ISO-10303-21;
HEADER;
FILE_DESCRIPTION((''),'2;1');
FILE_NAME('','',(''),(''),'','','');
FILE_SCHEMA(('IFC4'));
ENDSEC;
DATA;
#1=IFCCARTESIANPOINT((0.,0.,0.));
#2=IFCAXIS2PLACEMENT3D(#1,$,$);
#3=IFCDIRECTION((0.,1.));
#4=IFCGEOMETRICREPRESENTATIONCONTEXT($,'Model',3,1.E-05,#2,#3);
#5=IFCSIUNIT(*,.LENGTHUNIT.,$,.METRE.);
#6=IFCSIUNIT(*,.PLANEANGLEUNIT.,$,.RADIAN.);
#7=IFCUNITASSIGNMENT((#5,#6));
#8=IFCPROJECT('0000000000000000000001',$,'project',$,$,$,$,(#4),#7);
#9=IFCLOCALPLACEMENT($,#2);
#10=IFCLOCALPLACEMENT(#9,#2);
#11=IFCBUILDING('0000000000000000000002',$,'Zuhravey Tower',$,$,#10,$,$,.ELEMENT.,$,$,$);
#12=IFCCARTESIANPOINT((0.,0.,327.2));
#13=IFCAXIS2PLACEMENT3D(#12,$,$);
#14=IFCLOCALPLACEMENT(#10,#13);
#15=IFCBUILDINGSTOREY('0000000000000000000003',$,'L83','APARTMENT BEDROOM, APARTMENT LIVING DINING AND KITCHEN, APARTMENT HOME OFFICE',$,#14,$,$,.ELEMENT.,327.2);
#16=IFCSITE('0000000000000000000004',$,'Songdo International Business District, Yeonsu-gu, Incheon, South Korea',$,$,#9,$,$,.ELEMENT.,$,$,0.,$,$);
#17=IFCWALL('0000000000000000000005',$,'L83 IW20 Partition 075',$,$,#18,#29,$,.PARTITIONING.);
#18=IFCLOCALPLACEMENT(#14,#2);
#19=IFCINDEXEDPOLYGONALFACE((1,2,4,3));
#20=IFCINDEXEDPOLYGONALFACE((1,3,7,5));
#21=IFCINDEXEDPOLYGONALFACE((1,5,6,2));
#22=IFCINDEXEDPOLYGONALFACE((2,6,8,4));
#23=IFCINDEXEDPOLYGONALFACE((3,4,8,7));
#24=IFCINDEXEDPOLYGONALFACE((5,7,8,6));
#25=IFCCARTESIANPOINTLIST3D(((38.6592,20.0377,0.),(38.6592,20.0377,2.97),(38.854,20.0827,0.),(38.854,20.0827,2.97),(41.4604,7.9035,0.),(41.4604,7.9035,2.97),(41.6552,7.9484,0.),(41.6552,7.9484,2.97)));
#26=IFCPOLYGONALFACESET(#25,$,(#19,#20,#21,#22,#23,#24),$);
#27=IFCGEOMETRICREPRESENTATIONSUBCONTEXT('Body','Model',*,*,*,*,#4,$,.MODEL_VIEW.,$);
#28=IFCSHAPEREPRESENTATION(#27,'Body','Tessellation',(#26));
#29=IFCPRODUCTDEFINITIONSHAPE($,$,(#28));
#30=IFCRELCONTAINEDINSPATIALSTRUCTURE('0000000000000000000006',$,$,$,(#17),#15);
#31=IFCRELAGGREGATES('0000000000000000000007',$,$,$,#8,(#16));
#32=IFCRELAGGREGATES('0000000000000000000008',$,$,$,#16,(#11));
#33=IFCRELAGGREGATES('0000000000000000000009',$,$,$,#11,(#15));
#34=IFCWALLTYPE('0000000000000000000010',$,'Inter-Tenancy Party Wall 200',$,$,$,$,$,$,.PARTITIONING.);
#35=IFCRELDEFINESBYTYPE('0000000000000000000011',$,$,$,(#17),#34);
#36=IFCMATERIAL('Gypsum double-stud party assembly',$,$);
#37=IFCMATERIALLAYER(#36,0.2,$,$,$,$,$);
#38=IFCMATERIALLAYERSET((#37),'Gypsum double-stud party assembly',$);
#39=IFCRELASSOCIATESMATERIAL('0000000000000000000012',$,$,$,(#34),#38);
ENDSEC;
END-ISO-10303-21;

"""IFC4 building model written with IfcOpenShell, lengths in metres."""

from ifc_helpers import new_model, si_unit, direction, frame, frame_2d, origin, place, context, subcontext, project, spatial, rectangle, extrude, material, layer, layer_set, type_object, element, save


model = new_model("IFC4")

# Units and contexts
model_context = context("Model", 3, precision=1e-05, world=origin(), true_north=direction((0.0, 1.0)))
body_context = subcontext(model_context, "Body", "Model", "MODEL_VIEW")
ifc_project = project(units=[si_unit("LENGTHUNIT", "METRE"), si_unit("PLANEANGLEUNIT", "RADIAN")], contexts=[model_context])

# Site, building, storey
site_placement = place(None, origin())
site = spatial("IfcSite", under=ifc_project, at=site_placement, Name="Songdo International Business District, Yeonsu-gu, Incheon, South Korea", CompositionType="ELEMENT", RefElevation=0.0)
building_placement = place(site_placement, origin())
building = spatial("IfcBuilding", under=site, at=building_placement, Name="Zuhravey Tower", CompositionType="ELEMENT")
storey_placement = place(building_placement, frame((0.0, 0.0, 327.2)))
storey = spatial("IfcBuildingStorey", under=building, at=storey_placement, Name="L83", Description="APARTMENT BEDROOM, APARTMENT LIVING DINING AND KITCHEN, APARTMENT HOME OFFICE", CompositionType="ELEMENT", Elevation=327.2)

# Wall
ifc_material_1 = material(Name="Gypsum double-stud party assembly")
ifc_layer_1 = layer(ifc_material_1, 0.2)
ifc_layer_set_1 = layer_set([ifc_layer_1], Name="Gypsum double-stud party assembly")
wall_type_1 = type_object("IfcWallType", Name="Inter-Tenancy Party Wall 200", PredefinedType="PARTITIONING", material=ifc_layer_set_1)
wall_1_placement = place(storey_placement, frame((38.7566, 20.0601, 0.0), z_axis=(0.0, 0.0, 1.0), x_axis=(0.22494, -0.974373, 0.0)))
element("IfcWall", 1, at=wall_1_placement, inside=storey, type_object=wall_type_1, Name="L83 IW20 Partition 075", PredefinedType="PARTITIONING", context=body_context, shape_type="SweptSolid", body=[
    extrude(rectangle(XDim=12.4534, YDim=0.2, at=frame_2d((6.2266, 0.0))), origin(), (0.0, 0.0, 1.0), 2.97),
])

save(model, "model.ifc")
